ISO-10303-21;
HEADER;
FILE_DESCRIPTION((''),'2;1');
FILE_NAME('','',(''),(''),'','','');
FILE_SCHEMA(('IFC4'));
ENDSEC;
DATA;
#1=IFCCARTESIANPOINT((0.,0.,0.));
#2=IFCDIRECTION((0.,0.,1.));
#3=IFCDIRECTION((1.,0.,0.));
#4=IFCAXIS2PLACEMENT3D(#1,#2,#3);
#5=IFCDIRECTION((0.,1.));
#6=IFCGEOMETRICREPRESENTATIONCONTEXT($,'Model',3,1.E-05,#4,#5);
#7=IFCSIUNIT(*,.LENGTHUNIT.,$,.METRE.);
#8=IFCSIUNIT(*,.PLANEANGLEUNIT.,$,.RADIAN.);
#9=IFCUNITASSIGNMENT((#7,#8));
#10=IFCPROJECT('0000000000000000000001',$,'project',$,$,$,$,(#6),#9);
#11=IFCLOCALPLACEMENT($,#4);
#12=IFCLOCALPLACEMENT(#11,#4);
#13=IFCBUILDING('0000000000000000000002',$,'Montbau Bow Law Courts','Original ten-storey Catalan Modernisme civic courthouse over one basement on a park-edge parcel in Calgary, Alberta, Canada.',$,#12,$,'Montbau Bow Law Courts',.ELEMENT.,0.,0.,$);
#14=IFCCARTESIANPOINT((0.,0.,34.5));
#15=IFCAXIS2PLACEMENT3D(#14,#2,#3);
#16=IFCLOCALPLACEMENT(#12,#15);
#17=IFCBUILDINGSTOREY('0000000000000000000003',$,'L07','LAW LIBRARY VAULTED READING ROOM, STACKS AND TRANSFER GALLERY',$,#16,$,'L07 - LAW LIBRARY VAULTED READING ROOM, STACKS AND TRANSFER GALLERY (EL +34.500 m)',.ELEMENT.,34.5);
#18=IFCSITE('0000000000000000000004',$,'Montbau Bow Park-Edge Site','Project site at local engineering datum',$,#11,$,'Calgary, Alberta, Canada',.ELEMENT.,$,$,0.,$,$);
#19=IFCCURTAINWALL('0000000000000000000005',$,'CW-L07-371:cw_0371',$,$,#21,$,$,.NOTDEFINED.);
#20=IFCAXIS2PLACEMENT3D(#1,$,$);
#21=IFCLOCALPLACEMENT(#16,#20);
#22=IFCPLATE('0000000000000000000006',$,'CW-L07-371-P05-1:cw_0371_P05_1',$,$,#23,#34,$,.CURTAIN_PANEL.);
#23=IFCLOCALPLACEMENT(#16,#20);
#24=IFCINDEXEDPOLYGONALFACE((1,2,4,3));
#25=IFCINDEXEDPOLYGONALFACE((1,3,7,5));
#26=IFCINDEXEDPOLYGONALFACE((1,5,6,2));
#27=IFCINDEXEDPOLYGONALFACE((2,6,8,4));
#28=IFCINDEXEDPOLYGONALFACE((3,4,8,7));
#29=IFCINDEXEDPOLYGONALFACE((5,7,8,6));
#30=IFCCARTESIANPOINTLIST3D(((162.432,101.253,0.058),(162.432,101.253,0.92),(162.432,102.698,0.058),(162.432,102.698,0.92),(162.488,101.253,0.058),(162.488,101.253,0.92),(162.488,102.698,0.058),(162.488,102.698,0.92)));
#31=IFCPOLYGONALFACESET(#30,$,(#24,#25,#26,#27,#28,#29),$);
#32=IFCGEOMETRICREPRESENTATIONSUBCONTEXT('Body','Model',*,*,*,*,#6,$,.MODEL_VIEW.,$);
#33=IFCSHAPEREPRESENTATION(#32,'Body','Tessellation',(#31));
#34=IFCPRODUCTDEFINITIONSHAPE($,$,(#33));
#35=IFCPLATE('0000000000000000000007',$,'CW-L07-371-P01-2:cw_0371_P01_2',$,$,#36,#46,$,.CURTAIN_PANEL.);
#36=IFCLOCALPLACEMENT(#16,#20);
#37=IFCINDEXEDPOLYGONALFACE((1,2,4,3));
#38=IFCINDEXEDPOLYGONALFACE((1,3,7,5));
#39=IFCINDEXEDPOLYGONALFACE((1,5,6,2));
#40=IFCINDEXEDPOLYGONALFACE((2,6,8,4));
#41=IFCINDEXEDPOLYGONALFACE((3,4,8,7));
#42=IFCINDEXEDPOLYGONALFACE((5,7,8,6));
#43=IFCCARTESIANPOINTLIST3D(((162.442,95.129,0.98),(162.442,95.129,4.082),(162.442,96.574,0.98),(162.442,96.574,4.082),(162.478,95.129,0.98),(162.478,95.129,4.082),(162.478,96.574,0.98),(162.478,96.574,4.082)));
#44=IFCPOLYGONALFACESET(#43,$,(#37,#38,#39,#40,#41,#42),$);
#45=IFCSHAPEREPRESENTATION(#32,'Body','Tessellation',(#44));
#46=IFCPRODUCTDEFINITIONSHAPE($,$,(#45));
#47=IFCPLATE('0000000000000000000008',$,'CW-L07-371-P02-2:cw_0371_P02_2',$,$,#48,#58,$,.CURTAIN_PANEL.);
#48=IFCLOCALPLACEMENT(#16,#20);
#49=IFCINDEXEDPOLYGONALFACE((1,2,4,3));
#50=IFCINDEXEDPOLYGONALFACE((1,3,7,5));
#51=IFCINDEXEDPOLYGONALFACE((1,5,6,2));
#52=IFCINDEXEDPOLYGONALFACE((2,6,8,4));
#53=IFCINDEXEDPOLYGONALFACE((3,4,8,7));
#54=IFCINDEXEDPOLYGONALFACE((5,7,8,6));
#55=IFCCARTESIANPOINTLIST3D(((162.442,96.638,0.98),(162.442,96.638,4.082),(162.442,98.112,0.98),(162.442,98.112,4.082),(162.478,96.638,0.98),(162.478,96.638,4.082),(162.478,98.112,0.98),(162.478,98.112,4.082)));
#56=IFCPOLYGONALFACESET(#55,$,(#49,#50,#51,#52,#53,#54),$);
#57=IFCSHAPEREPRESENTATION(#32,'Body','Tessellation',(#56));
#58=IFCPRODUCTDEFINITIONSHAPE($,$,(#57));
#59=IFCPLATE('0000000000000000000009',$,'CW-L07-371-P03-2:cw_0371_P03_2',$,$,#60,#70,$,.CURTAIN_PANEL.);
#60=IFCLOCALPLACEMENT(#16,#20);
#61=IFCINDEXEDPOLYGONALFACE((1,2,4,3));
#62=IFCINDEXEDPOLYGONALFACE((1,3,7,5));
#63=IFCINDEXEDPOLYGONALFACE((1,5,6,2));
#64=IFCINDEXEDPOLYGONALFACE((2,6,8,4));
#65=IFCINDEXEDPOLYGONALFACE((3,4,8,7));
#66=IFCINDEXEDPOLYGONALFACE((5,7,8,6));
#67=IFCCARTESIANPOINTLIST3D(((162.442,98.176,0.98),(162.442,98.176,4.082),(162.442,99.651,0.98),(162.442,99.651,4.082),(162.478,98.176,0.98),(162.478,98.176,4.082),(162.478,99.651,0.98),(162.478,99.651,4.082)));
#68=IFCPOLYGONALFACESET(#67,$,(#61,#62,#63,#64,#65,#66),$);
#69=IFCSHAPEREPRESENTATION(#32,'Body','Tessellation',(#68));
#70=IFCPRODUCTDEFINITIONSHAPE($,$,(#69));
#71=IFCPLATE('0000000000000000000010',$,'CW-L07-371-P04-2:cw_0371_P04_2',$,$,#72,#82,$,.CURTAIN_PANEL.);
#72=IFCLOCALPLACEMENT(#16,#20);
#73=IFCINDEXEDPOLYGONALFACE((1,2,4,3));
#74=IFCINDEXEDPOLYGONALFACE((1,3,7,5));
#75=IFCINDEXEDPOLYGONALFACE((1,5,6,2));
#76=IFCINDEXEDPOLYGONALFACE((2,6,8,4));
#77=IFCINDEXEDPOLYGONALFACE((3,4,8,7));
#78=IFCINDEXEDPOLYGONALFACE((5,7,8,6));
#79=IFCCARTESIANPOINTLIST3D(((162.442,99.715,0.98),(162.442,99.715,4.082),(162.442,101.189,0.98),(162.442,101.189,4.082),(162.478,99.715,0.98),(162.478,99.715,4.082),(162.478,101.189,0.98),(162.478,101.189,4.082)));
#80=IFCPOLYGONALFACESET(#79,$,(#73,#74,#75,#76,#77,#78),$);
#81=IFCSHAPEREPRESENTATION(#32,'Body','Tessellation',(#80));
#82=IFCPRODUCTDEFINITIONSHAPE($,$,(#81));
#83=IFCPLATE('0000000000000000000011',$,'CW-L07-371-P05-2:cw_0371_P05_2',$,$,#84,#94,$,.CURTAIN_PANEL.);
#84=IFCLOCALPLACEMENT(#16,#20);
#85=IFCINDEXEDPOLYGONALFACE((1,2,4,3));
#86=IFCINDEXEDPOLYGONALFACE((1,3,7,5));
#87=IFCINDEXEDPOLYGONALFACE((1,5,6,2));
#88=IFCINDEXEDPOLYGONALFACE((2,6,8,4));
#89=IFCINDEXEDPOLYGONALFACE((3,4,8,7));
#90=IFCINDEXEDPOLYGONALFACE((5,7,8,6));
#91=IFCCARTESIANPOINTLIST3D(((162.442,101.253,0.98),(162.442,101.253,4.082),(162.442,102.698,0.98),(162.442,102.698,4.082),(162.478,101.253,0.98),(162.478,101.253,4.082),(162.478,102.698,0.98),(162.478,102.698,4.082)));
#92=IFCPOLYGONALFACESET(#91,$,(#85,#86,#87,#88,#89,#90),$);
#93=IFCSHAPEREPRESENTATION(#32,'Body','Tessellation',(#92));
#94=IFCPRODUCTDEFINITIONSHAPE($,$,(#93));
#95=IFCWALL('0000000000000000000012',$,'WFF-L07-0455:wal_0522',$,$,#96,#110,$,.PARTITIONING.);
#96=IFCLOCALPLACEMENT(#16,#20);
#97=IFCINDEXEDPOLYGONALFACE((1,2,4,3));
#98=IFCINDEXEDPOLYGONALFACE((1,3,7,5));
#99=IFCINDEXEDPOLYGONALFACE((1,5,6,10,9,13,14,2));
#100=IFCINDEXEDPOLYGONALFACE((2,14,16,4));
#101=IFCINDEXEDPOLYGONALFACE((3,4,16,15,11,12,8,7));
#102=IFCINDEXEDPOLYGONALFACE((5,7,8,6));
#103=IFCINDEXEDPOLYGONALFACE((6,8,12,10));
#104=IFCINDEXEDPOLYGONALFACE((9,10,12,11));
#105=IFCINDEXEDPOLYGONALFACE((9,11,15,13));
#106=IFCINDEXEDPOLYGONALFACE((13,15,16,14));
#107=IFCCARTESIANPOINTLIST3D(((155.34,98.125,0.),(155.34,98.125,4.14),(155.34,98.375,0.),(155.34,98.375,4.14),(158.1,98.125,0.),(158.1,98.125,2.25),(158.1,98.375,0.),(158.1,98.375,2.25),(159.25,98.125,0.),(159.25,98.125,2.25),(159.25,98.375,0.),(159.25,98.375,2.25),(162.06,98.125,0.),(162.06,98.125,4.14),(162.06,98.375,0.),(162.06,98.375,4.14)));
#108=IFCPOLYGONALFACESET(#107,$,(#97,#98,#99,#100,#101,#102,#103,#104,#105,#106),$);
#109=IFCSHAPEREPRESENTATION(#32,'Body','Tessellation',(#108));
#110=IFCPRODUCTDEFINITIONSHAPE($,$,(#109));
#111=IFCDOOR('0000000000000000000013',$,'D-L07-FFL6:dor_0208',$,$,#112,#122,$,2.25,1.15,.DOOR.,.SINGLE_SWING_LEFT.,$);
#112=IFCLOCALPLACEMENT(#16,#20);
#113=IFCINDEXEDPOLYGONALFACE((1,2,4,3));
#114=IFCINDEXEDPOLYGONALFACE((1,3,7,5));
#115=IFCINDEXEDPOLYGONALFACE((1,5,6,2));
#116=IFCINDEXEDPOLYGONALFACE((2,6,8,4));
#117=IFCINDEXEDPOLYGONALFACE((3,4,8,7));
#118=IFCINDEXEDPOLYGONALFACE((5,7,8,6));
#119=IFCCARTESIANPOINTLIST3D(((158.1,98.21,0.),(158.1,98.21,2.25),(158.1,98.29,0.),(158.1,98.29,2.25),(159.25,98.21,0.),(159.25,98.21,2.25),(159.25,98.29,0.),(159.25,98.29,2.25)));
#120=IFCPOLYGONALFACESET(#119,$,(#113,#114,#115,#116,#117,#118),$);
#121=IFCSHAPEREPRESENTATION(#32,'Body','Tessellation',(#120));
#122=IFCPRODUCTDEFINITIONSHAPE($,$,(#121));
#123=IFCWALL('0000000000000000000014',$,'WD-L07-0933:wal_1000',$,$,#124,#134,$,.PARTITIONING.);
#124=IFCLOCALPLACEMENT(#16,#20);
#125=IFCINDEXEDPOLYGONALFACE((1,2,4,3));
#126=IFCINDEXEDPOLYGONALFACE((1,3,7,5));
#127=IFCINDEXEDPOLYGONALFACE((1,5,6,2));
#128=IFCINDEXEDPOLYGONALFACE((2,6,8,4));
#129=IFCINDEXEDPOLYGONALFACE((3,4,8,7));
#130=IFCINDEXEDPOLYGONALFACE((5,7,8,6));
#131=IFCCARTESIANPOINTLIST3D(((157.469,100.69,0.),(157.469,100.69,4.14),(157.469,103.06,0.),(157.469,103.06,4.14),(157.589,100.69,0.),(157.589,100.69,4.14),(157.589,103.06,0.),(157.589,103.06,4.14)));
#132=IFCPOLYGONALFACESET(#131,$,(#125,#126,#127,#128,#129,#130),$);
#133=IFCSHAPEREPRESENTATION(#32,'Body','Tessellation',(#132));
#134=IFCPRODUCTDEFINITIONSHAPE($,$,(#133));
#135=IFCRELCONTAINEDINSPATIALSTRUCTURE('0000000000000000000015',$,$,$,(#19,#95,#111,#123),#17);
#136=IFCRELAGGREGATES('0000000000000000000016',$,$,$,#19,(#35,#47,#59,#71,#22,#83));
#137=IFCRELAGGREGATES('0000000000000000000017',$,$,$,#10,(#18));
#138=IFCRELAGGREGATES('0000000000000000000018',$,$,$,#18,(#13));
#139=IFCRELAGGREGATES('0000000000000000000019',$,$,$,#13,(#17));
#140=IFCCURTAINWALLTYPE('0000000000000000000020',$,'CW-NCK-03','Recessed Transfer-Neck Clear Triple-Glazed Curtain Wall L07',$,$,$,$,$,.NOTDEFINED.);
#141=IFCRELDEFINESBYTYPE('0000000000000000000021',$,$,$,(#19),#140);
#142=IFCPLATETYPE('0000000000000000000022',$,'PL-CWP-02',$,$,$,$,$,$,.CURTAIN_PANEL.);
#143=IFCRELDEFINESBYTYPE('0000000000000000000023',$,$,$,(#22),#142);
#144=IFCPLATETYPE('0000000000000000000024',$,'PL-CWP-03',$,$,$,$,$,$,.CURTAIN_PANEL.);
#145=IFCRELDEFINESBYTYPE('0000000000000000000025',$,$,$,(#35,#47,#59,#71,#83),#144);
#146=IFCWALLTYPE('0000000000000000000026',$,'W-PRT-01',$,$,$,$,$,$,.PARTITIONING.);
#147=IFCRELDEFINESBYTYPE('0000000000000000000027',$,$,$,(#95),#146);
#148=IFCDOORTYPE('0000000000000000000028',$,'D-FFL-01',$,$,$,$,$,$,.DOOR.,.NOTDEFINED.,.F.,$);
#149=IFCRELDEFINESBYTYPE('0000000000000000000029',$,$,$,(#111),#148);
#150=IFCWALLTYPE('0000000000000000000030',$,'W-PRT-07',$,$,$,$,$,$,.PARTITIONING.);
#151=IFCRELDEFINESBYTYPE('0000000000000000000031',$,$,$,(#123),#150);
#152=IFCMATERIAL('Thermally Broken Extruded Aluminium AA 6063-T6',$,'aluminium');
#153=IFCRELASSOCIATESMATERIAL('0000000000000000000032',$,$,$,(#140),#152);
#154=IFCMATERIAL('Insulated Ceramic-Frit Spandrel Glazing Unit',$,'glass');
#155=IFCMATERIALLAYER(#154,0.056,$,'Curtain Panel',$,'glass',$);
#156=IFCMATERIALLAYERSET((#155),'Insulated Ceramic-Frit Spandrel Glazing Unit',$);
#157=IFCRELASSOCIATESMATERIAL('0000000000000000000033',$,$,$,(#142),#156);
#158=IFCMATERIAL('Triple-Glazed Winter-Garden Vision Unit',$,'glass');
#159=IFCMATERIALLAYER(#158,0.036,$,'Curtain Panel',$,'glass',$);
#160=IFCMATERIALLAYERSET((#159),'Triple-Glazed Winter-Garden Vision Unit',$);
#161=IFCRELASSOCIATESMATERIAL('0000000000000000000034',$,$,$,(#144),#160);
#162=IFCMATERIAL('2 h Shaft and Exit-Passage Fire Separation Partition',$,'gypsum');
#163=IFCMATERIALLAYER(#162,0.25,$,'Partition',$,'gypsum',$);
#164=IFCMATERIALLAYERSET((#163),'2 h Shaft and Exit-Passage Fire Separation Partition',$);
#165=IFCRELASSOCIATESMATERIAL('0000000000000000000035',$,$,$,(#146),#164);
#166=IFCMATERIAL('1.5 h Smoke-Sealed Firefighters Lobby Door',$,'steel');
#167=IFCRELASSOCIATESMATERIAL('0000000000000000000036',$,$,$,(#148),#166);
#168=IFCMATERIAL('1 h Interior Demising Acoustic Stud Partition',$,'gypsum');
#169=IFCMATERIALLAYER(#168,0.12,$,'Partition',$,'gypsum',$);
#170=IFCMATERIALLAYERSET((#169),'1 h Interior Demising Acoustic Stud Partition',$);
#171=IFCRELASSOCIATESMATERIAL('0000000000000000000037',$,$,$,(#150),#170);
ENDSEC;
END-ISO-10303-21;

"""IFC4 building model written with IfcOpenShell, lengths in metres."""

from ifc_helpers import new_model, si_unit, direction, frame, frame_2d, origin_with_axes, place, context, subcontext, project, spatial, rectangle, extrude, material, layer, layer_set, type_object, element, fill, aggregate, save


model = new_model("IFC4")

# Units and contexts
model_context = context("Model", 3, precision=1e-05, world=origin_with_axes(), true_north=direction((0.0, 1.0)))
body_context = subcontext(model_context, "Body", "Model", "MODEL_VIEW")
ifc_project = project(units=[si_unit("LENGTHUNIT", "METRE"), si_unit("PLANEANGLEUNIT", "RADIAN")], contexts=[model_context])

# Site, building, storey
site_placement = place(None, origin_with_axes())
site = spatial("IfcSite", under=ifc_project, at=site_placement, Name="Montbau Bow Park-Edge Site", Description="Project site at local engineering datum", LongName="Calgary, Alberta, Canada", CompositionType="ELEMENT", RefElevation=0.0)
building_placement = place(site_placement, origin_with_axes())
building = spatial("IfcBuilding", under=site, at=building_placement, Name="Montbau Bow Law Courts", Description="Original ten-storey Catalan Modernisme civic courthouse over one basement on a park-edge parcel in Calgary, Alberta, Canada.", LongName="Montbau Bow Law Courts", CompositionType="ELEMENT", ElevationOfRefHeight=0.0, ElevationOfTerrain=0.0)
storey_placement = place(building_placement, frame((0.0, 0.0, 34.5), z_axis=(0.0, 0.0, 1.0), x_axis=(1.0, 0.0, 0.0)))
storey = spatial("IfcBuildingStorey", under=building, at=storey_placement, Name="L07", Description="LAW LIBRARY VAULTED READING ROOM, STACKS AND TRANSFER GALLERY", LongName="L07 - LAW LIBRARY VAULTED READING ROOM, STACKS AND TRANSFER GALLERY (EL +34.500 m)", CompositionType="ELEMENT", Elevation=34.5)

# Curtain wall, plates
ifc_material_1 = material(Name="Thermally Broken Extruded Aluminium AA 6063-T6", Category="aluminium")
curtain_wall_type = type_object("IfcCurtainWallType", Name="CW-NCK-03", Description="Recessed Transfer-Neck Clear Triple-Glazed Curtain Wall L07", PredefinedType="NOTDEFINED", material=ifc_material_1)
curtain_wall_placement = place(None, frame((162.46, 95.067, 34.5), z_axis=(0.0, 0.0, 1.0), x_axis=(1.0, 0.0, 0.0)))
curtain_wall = element("IfcCurtainWall", 1, at=curtain_wall_placement, inside=storey, type_object=curtain_wall_type, Name="CW-L07-371:cw_0371", PredefinedType="NOTDEFINED")
ifc_material_2 = material(Name="Insulated Ceramic-Frit Spandrel Glazing Unit", Category="glass")
ifc_layer_1 = layer(ifc_material_2, 0.056, Name="Curtain Panel", Category="glass")
ifc_layer_set_1 = layer_set([ifc_layer_1], Name="Insulated Ceramic-Frit Spandrel Glazing Unit")
plate_type_1 = type_object("IfcPlateType", Name="PL-CWP-02", PredefinedType="CURTAIN_PANEL", material=ifc_layer_set_1)
plate_1_placement = place(None, frame((162.46, 101.253, 34.558), z_axis=(1.0, 0.0, 0.0), x_axis=(0.0, 1.0, 0.0)))
plate_1 = element("IfcPlate", 2, at=plate_1_placement, type_object=plate_type_1, Name="CW-L07-371-P05-1:cw_0371_P05_1", PredefinedType="CURTAIN_PANEL", context=body_context, shape_type="SweptSolid", body=[
    extrude(rectangle(XDim=1.445, YDim=0.862, at=frame_2d((0.7225, 0.431), x_axis=(1.0, 0.0))), frame((0.0, 0.0, -0.028), z_axis=(0.0, 0.0, 1.0), x_axis=(1.0, 0.0, 0.0)), (0.0, 0.0, 1.0), 0.056),
])
ifc_material_3 = material(Name="Triple-Glazed Winter-Garden Vision Unit", Category="glass")
ifc_layer_2 = layer(ifc_material_3, 0.036, Name="Curtain Panel", Category="glass")
ifc_layer_set_2 = layer_set([ifc_layer_2], Name="Triple-Glazed Winter-Garden Vision Unit")
plate_type_2 = type_object("IfcPlateType", Name="PL-CWP-03", PredefinedType="CURTAIN_PANEL", material=ifc_layer_set_2)
plate_2_placement = place(None, frame((162.46, 95.129, 35.48), z_axis=(1.0, 0.0, 0.0), x_axis=(0.0, 1.0, 0.0)))
plate_2 = element("IfcPlate", 3, at=plate_2_placement, type_object=plate_type_2, Name="CW-L07-371-P01-2:cw_0371_P01_2", PredefinedType="CURTAIN_PANEL", context=body_context, shape_type="SweptSolid", body=[
    extrude(rectangle(XDim=1.445, YDim=3.102, at=frame_2d((0.7225, 1.551), x_axis=(1.0, 0.0))), frame((0.0, 0.0, -0.018), z_axis=(0.0, 0.0, 1.0), x_axis=(1.0, 0.0, 0.0)), (0.0, 0.0, 1.0), 0.036),
])
plate_3_placement = place(None, frame((162.46, 96.638, 35.48), z_axis=(1.0, 0.0, 0.0), x_axis=(0.0, 1.0, 0.0)))
plate_3 = element("IfcPlate", 4, at=plate_3_placement, type_object=plate_type_2, Name="CW-L07-371-P02-2:cw_0371_P02_2", PredefinedType="CURTAIN_PANEL", context=body_context, shape_type="SweptSolid", body=[
    extrude(rectangle(XDim=1.474, YDim=3.102, at=frame_2d((0.737, 1.551), x_axis=(1.0, 0.0))), frame((0.0, 0.0, -0.018), z_axis=(0.0, 0.0, 1.0), x_axis=(1.0, 0.0, 0.0)), (0.0, 0.0, 1.0), 0.036),
])
plate_4_placement = place(None, frame((162.46, 98.176, 35.48), z_axis=(1.0, 0.0, 0.0), x_axis=(0.0, 1.0, 0.0)))
plate_4 = element("IfcPlate", 5, at=plate_4_placement, type_object=plate_type_2, Name="CW-L07-371-P03-2:cw_0371_P03_2", PredefinedType="CURTAIN_PANEL", context=body_context, shape_type="SweptSolid", body=[
    extrude(rectangle(XDim=1.475, YDim=3.102, at=frame_2d((0.7375, 1.551), x_axis=(1.0, 0.0))), frame((0.0, 0.0, -0.018), z_axis=(0.0, 0.0, 1.0), x_axis=(1.0, 0.0, 0.0)), (0.0, 0.0, 1.0), 0.036),
])
plate_5_placement = place(None, frame((162.46, 99.715, 35.48), z_axis=(1.0, 0.0, 0.0), x_axis=(0.0, 1.0, 0.0)))
plate_5 = element("IfcPlate", 6, at=plate_5_placement, type_object=plate_type_2, Name="CW-L07-371-P04-2:cw_0371_P04_2", PredefinedType="CURTAIN_PANEL", context=body_context, shape_type="SweptSolid", body=[
    extrude(rectangle(XDim=1.474, YDim=3.102, at=frame_2d((0.737, 1.551), x_axis=(1.0, 0.0))), frame((0.0, 0.0, -0.018), z_axis=(0.0, 0.0, 1.0), x_axis=(1.0, 0.0, 0.0)), (0.0, 0.0, 1.0), 0.036),
])
plate_6_placement = place(None, frame((162.46, 101.253, 35.48), z_axis=(1.0, 0.0, 0.0), x_axis=(0.0, 1.0, 0.0)))
plate_6 = element("IfcPlate", 7, at=plate_6_placement, type_object=plate_type_2, Name="CW-L07-371-P05-2:cw_0371_P05_2", PredefinedType="CURTAIN_PANEL", context=body_context, shape_type="SweptSolid", body=[
    extrude(rectangle(XDim=1.445, YDim=3.102, at=frame_2d((0.7225, 1.551), x_axis=(1.0, 0.0))), frame((0.0, 0.0, -0.018), z_axis=(0.0, 0.0, 1.0), x_axis=(1.0, 0.0, 0.0)), (0.0, 0.0, 1.0), 0.036),
])
aggregate(curtain_wall, [plate_2, plate_3, plate_4, plate_5, plate_1, plate_6])

# Wall, opening, door
ifc_material_4 = material(Name="2 h Shaft and Exit-Passage Fire Separation Partition", Category="gypsum")
ifc_layer_3 = layer(ifc_material_4, 0.25, Name="Partition", Category="gypsum")
ifc_layer_set_3 = layer_set([ifc_layer_3], Name="2 h Shaft and Exit-Passage Fire Separation Partition")
wall_type_1 = type_object("IfcWallType", Name="W-PRT-01", PredefinedType="PARTITIONING", material=ifc_layer_set_3)
wall_1_placement = place(None, frame((162.06, 98.25, 34.5), z_axis=(0.0, 0.0, 1.0), x_axis=(-1.0, 0.0, 0.0)))
wall_1 = element("IfcWall", 8, at=wall_1_placement, inside=storey, type_object=wall_type_1, Name="WFF-L07-0455:wal_0522", PredefinedType="PARTITIONING", context=body_context, shape_type="SweptSolid", body=[
    extrude(rectangle(XDim=6.72, YDim=0.25, at=frame_2d((3.36, 0.0), x_axis=(1.0, 0.0))), origin_with_axes(), (0.0, 0.0, 1.0), 4.14),
])
opening_placement = place(None, frame((158.675, 98.25, 34.5), z_axis=(0.0, 0.0, 1.0), x_axis=(-1.0, 0.0, 0.0)))
opening = element("IfcOpeningElement", 9, at=opening_placement, cuts=wall_1, PredefinedType="OPENING", context=body_context, shape_type="SweptSolid", body=[
    extrude(rectangle(XDim=1.15, YDim=2.25, at=frame_2d((0.0, 1.125), x_axis=(1.0, 0.0))), frame((0.0, 0.135, 0.0), z_axis=(0.0, -1.0, 0.0), x_axis=(1.0, 0.0, 0.0)), (0.0, 0.0, 1.0), 0.27),
])
ifc_material_5 = material(Name="1.5 h Smoke-Sealed Firefighters Lobby Door", Category="steel")
door_type = type_object("IfcDoorType", Name="D-FFL-01", OperationType="NOTDEFINED", ParameterTakesPrecedence=False, PredefinedType="DOOR", material=ifc_material_5)
door_placement = place(None, frame((158.675, 98.25, 34.5), z_axis=(0.0, 0.0, 1.0), x_axis=(1.0, 0.0, 0.0)))
door = element("IfcDoor", 10, at=door_placement, inside=storey, type_object=door_type, Name="D-L07-FFL6:dor_0208", OperationType="SINGLE_SWING_LEFT", OverallHeight=2.25, OverallWidth=1.15, PredefinedType="DOOR", context=body_context, shape_type="SweptSolid", body=[
    extrude(rectangle(XDim=1.15, YDim=2.25, at=frame_2d((0.0, 1.125), x_axis=(1.0, 0.0))), frame((0.0, 0.04, 0.0), z_axis=(0.0, -1.0, 0.0), x_axis=(1.0, 0.0, 0.0)), (0.0, 0.0, 1.0), 0.08),
])
fill(opening, door)

# Wall
ifc_material_6 = material(Name="1 h Interior Demising Acoustic Stud Partition", Category="gypsum")
ifc_layer_4 = layer(ifc_material_6, 0.12, Name="Partition", Category="gypsum")
ifc_layer_set_4 = layer_set([ifc_layer_4], Name="1 h Interior Demising Acoustic Stud Partition")
wall_type_2 = type_object("IfcWallType", Name="W-PRT-07", PredefinedType="PARTITIONING", material=ifc_layer_set_4)
wall_2_placement = place(None, frame((157.529, 100.69, 34.5), z_axis=(0.0, 0.0, 1.0), x_axis=(0.0, 1.0, 0.0)))
element("IfcWall", 11, at=wall_2_placement, inside=storey, type_object=wall_type_2, Name="WD-L07-0933:wal_1000", PredefinedType="PARTITIONING", context=body_context, shape_type="SweptSolid", body=[
    extrude(rectangle(XDim=2.37, YDim=0.12, at=frame_2d((1.185, 0.0), x_axis=(1.0, 0.0))), origin_with_axes(), (0.0, 0.0, 1.0), 4.14),
])

save(model, "model.ifc")
